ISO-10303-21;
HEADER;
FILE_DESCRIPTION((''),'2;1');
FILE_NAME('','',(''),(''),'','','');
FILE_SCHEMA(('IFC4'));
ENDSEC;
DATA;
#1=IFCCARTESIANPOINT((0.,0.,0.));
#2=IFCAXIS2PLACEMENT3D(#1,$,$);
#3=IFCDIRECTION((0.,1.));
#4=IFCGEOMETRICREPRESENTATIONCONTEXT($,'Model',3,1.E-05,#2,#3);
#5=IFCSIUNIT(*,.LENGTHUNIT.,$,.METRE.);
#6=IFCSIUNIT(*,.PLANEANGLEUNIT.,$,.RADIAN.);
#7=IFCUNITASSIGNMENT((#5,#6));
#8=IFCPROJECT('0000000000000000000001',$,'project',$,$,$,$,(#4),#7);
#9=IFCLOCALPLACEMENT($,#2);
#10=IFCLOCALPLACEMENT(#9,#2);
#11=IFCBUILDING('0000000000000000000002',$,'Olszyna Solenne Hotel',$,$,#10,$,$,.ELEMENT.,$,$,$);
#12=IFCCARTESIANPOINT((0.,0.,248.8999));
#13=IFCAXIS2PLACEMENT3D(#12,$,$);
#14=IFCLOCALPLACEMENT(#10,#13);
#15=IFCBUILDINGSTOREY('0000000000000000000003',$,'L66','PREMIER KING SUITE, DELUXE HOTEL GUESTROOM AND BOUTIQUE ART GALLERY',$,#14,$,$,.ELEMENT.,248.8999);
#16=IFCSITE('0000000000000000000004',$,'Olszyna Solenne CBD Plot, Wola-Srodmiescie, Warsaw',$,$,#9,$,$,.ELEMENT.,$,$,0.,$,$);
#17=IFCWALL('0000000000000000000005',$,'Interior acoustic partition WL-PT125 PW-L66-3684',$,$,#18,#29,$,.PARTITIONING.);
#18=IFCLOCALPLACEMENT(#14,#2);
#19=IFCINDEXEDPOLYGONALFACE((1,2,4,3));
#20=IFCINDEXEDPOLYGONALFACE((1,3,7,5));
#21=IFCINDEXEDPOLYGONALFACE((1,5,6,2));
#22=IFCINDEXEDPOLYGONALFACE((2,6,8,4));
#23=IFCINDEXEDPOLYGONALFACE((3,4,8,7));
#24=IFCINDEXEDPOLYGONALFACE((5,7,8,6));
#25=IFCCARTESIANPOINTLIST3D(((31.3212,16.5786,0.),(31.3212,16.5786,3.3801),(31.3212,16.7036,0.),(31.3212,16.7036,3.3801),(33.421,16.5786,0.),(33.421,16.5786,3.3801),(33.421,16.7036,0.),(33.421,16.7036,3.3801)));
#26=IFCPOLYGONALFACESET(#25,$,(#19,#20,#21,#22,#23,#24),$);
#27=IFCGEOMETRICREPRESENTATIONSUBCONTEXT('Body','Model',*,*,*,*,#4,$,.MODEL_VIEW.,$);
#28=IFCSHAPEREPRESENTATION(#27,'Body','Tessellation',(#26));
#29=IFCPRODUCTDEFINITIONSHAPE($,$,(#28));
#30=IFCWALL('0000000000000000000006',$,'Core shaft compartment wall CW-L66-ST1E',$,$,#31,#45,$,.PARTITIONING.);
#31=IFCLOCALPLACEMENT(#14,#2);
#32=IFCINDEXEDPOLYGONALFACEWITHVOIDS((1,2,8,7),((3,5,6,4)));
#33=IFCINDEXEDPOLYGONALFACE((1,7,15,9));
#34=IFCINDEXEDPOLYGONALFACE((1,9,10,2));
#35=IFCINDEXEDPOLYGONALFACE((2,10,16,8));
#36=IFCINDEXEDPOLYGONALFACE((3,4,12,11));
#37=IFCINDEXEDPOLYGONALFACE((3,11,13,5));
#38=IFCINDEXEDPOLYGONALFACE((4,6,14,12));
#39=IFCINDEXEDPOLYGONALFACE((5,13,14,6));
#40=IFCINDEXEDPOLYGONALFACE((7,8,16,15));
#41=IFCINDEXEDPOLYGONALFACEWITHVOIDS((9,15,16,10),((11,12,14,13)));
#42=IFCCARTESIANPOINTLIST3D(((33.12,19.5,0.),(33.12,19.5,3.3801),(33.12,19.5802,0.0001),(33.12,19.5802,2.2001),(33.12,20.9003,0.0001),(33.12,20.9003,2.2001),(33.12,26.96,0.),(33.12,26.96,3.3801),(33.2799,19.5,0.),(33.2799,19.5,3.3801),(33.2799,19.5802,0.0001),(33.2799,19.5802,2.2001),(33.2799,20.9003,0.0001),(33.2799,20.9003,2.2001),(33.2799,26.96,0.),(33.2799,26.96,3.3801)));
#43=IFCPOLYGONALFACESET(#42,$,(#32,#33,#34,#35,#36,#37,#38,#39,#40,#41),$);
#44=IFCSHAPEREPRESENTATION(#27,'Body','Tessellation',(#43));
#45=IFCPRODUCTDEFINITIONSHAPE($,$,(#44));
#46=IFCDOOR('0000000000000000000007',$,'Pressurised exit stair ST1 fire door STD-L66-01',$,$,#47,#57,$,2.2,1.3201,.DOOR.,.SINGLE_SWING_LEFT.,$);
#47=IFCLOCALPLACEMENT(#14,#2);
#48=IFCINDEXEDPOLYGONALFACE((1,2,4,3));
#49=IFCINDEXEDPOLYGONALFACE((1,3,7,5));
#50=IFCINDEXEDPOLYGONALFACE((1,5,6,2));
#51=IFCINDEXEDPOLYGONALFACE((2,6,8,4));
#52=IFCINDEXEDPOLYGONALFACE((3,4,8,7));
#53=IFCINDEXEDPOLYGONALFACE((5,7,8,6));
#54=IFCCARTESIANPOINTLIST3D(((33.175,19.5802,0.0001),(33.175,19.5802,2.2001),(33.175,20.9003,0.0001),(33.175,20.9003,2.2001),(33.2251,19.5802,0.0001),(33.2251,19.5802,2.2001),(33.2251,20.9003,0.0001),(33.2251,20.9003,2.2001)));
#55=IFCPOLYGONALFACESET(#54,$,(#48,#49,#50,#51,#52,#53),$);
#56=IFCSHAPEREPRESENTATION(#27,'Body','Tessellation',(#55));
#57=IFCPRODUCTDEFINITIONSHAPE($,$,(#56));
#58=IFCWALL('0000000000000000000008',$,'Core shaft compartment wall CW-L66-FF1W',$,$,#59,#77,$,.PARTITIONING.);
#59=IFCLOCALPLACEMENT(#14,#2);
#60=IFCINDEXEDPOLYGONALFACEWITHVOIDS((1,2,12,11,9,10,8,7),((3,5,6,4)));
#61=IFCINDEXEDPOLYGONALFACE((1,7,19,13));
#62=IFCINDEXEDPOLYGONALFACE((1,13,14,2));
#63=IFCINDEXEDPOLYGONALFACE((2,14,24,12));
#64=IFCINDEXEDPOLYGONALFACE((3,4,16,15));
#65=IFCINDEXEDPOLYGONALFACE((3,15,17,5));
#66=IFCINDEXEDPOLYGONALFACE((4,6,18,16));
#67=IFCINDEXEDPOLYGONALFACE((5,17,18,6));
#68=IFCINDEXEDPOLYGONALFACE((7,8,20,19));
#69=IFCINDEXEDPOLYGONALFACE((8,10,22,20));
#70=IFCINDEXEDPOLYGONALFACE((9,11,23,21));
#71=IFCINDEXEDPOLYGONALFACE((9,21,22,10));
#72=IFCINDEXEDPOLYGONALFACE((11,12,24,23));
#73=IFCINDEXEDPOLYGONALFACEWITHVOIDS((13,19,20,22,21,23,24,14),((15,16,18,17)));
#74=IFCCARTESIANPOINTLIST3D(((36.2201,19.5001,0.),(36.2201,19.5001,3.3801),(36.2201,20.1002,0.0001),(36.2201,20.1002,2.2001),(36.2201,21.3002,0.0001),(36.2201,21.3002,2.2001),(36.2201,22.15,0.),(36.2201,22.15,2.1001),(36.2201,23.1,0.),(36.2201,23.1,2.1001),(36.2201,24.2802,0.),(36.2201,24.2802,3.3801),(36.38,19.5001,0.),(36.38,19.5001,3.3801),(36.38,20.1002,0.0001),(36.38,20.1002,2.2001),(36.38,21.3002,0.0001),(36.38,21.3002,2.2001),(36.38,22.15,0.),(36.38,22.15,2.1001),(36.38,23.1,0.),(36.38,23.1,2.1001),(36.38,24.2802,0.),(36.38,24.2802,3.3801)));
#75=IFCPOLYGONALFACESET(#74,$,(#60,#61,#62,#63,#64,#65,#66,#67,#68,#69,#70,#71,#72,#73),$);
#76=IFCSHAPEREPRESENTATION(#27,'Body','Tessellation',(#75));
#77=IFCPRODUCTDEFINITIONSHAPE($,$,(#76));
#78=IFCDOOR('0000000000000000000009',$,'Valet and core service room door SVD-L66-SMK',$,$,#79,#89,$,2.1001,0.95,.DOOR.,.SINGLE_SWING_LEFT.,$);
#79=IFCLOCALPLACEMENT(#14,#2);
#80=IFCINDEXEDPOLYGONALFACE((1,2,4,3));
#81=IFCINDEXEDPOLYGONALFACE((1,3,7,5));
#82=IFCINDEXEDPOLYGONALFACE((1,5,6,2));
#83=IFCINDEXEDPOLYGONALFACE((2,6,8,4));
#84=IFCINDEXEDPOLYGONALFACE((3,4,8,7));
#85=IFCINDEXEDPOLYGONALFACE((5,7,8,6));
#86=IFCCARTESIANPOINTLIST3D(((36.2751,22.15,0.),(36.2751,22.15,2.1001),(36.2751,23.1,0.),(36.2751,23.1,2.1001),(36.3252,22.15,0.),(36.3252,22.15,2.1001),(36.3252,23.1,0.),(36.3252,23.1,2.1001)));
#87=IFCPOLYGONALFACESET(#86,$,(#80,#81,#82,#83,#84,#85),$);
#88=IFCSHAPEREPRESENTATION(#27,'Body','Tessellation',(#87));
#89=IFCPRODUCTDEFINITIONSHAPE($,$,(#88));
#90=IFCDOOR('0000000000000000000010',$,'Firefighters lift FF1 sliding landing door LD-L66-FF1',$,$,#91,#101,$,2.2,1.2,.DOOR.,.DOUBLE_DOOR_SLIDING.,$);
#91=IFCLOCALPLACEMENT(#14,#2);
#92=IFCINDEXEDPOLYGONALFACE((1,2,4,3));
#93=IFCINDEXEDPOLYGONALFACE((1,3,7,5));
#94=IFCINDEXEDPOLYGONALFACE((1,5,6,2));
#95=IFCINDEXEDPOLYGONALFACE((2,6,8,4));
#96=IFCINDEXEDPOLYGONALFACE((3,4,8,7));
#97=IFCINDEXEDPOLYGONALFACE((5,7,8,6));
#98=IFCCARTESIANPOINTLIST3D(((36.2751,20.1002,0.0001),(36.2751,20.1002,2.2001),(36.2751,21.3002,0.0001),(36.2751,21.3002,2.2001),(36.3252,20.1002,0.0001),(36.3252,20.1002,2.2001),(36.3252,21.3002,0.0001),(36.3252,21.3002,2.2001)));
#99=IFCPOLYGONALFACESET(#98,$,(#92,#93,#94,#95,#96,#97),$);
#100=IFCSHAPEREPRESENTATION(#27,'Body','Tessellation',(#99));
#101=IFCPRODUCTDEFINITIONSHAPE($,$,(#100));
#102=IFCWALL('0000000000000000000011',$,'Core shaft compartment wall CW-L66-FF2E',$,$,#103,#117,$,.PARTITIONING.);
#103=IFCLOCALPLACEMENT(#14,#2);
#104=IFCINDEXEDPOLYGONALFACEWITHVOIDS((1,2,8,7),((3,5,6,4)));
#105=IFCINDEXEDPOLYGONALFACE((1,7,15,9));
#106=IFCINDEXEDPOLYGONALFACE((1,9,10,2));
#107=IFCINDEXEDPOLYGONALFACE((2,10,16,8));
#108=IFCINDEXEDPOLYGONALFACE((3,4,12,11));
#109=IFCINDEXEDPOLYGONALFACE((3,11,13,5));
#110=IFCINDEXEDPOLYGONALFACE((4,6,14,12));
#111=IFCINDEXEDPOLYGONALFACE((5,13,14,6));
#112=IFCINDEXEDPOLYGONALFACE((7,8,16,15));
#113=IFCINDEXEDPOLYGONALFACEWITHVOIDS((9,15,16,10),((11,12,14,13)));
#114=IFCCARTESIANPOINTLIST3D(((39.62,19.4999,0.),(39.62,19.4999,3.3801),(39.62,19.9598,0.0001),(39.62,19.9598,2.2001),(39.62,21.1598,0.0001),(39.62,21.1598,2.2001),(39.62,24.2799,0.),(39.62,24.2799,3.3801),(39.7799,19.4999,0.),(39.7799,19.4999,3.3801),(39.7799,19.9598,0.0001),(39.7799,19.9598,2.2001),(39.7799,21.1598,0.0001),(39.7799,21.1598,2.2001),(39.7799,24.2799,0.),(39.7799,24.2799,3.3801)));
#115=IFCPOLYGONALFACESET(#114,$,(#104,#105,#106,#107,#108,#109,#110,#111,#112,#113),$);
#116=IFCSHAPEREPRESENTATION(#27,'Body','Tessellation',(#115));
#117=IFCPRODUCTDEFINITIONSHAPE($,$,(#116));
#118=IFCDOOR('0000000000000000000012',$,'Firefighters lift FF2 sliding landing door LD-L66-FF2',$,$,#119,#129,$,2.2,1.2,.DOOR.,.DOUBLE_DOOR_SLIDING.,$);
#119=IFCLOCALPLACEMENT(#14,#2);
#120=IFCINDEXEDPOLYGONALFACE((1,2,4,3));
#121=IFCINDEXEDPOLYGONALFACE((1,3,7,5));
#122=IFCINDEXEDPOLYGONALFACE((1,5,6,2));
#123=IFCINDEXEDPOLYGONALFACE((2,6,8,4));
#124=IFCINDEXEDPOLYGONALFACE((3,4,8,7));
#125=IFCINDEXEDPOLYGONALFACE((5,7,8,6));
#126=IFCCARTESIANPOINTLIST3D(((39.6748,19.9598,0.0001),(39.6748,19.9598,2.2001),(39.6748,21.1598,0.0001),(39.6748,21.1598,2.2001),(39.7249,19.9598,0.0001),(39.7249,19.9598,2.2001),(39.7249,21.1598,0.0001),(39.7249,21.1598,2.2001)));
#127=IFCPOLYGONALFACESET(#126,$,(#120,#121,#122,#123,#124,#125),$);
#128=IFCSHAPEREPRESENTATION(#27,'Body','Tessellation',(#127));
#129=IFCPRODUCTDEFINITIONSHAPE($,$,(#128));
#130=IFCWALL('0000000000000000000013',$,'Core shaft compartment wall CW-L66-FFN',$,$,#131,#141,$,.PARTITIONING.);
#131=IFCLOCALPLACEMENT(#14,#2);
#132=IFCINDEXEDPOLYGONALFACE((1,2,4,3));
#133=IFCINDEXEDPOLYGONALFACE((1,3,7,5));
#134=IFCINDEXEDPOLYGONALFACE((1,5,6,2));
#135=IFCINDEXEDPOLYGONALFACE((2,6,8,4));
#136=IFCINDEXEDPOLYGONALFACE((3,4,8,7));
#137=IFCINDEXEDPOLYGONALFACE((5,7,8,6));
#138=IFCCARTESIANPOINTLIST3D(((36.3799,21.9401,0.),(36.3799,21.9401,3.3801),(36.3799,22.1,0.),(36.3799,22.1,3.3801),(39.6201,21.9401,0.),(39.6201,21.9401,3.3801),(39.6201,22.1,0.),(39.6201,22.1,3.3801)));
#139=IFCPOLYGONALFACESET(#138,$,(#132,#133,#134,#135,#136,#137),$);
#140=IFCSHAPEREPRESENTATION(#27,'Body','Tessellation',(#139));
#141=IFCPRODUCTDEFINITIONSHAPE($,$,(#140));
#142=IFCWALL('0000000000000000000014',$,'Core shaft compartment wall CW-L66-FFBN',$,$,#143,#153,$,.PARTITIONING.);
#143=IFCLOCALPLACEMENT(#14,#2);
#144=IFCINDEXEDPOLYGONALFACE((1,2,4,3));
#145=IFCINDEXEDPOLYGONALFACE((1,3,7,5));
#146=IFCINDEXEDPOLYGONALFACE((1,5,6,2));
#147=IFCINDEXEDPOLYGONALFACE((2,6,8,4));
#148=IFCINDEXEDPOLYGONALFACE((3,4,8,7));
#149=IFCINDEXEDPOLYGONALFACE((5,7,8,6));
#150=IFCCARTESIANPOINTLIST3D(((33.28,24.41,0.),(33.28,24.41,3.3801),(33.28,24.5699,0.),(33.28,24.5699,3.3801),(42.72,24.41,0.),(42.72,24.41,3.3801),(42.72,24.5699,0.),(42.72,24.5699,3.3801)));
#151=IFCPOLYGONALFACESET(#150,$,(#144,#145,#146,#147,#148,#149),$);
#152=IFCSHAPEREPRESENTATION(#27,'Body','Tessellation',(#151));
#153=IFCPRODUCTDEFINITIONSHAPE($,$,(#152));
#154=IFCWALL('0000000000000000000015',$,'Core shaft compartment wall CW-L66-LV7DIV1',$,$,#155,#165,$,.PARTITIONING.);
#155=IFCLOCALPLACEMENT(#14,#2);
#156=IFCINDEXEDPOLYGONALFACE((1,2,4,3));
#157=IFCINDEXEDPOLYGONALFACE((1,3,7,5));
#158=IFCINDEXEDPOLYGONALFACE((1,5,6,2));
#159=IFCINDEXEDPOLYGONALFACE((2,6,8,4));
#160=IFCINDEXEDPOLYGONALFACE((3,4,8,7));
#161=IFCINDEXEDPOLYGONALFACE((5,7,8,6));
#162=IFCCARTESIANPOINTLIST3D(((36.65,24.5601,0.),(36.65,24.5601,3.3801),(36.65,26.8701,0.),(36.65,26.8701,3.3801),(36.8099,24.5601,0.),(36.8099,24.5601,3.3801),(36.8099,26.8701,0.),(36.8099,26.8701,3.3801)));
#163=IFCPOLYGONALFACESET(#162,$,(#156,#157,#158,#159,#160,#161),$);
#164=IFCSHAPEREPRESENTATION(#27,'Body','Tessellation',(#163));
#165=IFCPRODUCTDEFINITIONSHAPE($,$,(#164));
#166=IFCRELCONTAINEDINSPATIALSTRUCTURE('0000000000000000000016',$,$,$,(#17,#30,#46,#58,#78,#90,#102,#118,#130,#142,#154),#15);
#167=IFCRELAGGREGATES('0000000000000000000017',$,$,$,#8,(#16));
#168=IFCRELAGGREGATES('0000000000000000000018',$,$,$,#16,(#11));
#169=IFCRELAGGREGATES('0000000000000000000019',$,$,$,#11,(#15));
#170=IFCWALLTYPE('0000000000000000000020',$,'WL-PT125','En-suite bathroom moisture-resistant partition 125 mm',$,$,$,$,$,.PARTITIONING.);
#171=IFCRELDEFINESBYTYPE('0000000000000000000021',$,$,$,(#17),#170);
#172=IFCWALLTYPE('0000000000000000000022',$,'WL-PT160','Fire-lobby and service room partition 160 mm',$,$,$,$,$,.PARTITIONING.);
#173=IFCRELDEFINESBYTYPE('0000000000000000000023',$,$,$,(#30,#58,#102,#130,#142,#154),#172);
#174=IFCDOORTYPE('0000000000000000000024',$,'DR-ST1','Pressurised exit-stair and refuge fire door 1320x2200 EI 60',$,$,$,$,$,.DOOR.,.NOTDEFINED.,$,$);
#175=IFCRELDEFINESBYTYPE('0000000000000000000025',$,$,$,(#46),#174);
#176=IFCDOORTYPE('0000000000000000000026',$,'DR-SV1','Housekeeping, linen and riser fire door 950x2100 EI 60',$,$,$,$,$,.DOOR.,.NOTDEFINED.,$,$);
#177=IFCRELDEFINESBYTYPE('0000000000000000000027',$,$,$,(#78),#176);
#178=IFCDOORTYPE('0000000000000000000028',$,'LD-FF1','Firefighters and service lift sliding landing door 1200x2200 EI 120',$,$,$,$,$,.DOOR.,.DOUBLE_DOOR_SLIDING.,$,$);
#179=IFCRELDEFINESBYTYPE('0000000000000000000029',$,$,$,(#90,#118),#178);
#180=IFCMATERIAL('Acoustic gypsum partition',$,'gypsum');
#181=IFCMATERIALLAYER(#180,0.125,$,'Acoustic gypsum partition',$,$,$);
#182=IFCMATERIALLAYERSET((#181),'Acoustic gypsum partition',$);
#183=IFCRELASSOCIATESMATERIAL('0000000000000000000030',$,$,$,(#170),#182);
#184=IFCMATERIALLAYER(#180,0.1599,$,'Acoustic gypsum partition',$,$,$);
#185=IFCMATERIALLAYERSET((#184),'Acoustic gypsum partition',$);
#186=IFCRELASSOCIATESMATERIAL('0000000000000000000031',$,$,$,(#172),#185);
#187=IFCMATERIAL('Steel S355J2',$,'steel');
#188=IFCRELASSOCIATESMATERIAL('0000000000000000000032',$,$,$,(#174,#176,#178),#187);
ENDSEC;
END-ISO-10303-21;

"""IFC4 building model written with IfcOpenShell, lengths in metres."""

from ifc_helpers import new_model, si_unit, direction, frame, frame_2d, origin, place, context, subcontext, project, spatial, rectangle, extrude, source, transform, mapped, material, layer, layer_set, type_object, type_shapes, element, fill, save


model = new_model("IFC4")

# Units and contexts
model_context = context("Model", 3, precision=1e-05, world=origin(), true_north=direction((0.0, 1.0)))
body_context = subcontext(model_context, "Body", "Model", "MODEL_VIEW")
ifc_project = project(units=[si_unit("LENGTHUNIT", "METRE"), si_unit("PLANEANGLEUNIT", "RADIAN")], contexts=[model_context])

# Site, building, storey
site_placement = place(None, origin())
site = spatial("IfcSite", under=ifc_project, at=site_placement, Name="Olszyna Solenne CBD Plot, Wola-Srodmiescie, Warsaw", CompositionType="ELEMENT", RefElevation=0.0)
building_placement = place(site_placement, origin())
building = spatial("IfcBuilding", under=site, at=building_placement, Name="Olszyna Solenne Hotel", CompositionType="ELEMENT")
storey_placement = place(building_placement, frame((0.0, 0.0, 248.8999)))
storey = spatial("IfcBuildingStorey", under=building, at=storey_placement, Name="L66", Description="PREMIER KING SUITE, DELUXE HOTEL GUESTROOM AND BOUTIQUE ART GALLERY", CompositionType="ELEMENT", Elevation=248.8999)

# Shared definitions
ifc_material_1 = material(Name="Steel S355J2", Category="steel")

# Shared definitions
ifc_material_2 = material(Name="Acoustic gypsum partition", Category="gypsum")
ifc_layer_1 = layer(ifc_material_2, 0.125, Name="Acoustic gypsum partition")
ifc_layer_set_1 = layer_set([ifc_layer_1], Name="Acoustic gypsum partition")
wall_type_1 = type_object("IfcWallType", Name="WL-PT125", Description="En-suite bathroom moisture-resistant partition 125 mm", PredefinedType="PARTITIONING", material=ifc_layer_set_1)

# Wall
wall_1_placement = place(storey_placement, frame((33.4209, 16.6411, 0.0), z_axis=(0.0, 0.0, 1.0), x_axis=(-1.0, 0.0, 0.0)))
element("IfcWall", 1, at=wall_1_placement, inside=storey, type_object=wall_type_1, Name="Interior acoustic partition WL-PT125 PW-L66-3684", PredefinedType="PARTITIONING", context=body_context, shape_type="SweptSolid", body=[
    extrude(rectangle(XDim=2.0999, YDim=0.125, at=frame_2d((1.0498, 0.0))), origin(), (0.0, 0.0, 1.0), 3.3801),
])

# Wall, opening, door
ifc_layer_2 = layer(ifc_material_2, 0.1599, Name="Acoustic gypsum partition")
ifc_layer_set_2 = layer_set([ifc_layer_2], Name="Acoustic gypsum partition")
wall_type_2 = type_object("IfcWallType", Name="WL-PT160", Description="Fire-lobby and service room partition 160 mm", PredefinedType="PARTITIONING", material=ifc_layer_set_2)
wall_2_placement = place(storey_placement, frame((33.2, 19.5, 0.0), z_axis=(0.0, 0.0, 1.0), x_axis=(0.0, 1.0, 0.0)))
wall_2 = element("IfcWall", 2, at=wall_2_placement, inside=storey, type_object=wall_type_2, Name="Core shaft compartment wall CW-L66-ST1E", PredefinedType="PARTITIONING", context=body_context, shape_type="SweptSolid", body=[
    extrude(rectangle(XDim=7.46, YDim=0.1599, at=frame_2d((3.73, 0.0))), origin(), (0.0, 0.0, 1.0), 3.3801),
])
opening_1_placement = place(wall_2_placement, frame((0.0801, 0.0, 0.0)))
opening_1 = element("IfcOpeningElement", 3, at=opening_1_placement, cuts=wall_2, PredefinedType="OPENING", context=body_context, shape_type="SweptSolid", body=[
    extrude(rectangle(XDim=1.3201, YDim=2.2, at=frame_2d((0.6602, 1.1001))), frame((0.0, 0.0898, 0.0), z_axis=(0.0, -1.0, 0.0), x_axis=(1.0, 0.0, 0.0)), (0.0, 0.0, 1.0), 0.1799),
])
door_type_1 = type_object("IfcDoorType", Name="DR-ST1", Description="Pressurised exit-stair and refuge fire door 1320x2200 EI 60", OperationType="NOTDEFINED", PredefinedType="DOOR", material=ifc_material_1)
shared_shape_1 = source(origin(), body_context, "Body", "SweptSolid", [
    extrude(rectangle(XDim=1.3201, YDim=2.2, at=frame_2d((0.6602, 1.1001))), frame((0.0, 0.0249, 0.0), z_axis=(0.0, -1.0, 0.0), x_axis=(1.0, 0.0, 0.0)), (0.0, 0.0, 1.0), 0.05),
])
type_shapes(door_type_1, [shared_shape_1])
door_1_placement = place(opening_1_placement, origin())
door_1 = element("IfcDoor", 4, at=door_1_placement, inside=storey, type_object=door_type_1, Name="Pressurised exit stair ST1 fire door STD-L66-01", OperationType="SINGLE_SWING_LEFT", OverallHeight=2.2, OverallWidth=1.3201, PredefinedType="DOOR", context=body_context, shape_type="MappedRepresentation", body=[
    mapped(shared_shape_1, transform((0.0, 0.0, 0.0), x_axis=(1.0, 0.0, 0.0), y_axis=(0.0, 1.0, 0.0), z_axis=(0.0, 0.0, 1.0), scale=1.0)),
])
fill(opening_1, door_1)

# Wall, openings, doors
wall_3_placement = place(storey_placement, frame((36.3, 19.5, 0.0), z_axis=(0.0, 0.0, 1.0), x_axis=(0.0, 1.0, 0.0)))
wall_3 = element("IfcWall", 5, at=wall_3_placement, inside=storey, type_object=wall_type_2, Name="Core shaft compartment wall CW-L66-FF1W", PredefinedType="PARTITIONING", context=body_context, shape_type="SweptSolid", body=[
    extrude(rectangle(XDim=4.78, YDim=0.1599, at=frame_2d((2.3901, 0.0))), origin(), (0.0, 0.0, 1.0), 3.3801),
])
opening_2_placement = place(wall_3_placement, frame((0.6001, 0.0, 0.0)))
opening_2 = element("IfcOpeningElement", 6, at=opening_2_placement, cuts=wall_3, PredefinedType="OPENING", context=body_context, shape_type="SweptSolid", body=[
    extrude(rectangle(XDim=1.2, YDim=2.2, at=frame_2d((0.6001, 1.1001))), frame((0.0, 0.0898, 0.0), z_axis=(0.0, -1.0, 0.0), x_axis=(1.0, 0.0, 0.0)), (0.0, 0.0, 1.0), 0.1799),
])
opening_3_placement = place(wall_3_placement, frame((2.6499, 0.0, 0.0)))
opening_3 = element("IfcOpeningElement", 7, at=opening_3_placement, cuts=wall_3, PredefinedType="OPENING", context=body_context, shape_type="SweptSolid", body=[
    extrude(rectangle(XDim=0.95, YDim=2.1001, at=frame_2d((0.4751, 1.05))), frame((0.0, 0.0898, 0.0), z_axis=(0.0, -1.0, 0.0), x_axis=(1.0, 0.0, 0.0)), (0.0, 0.0, 1.0), 0.1799),
])
door_type_2 = type_object("IfcDoorType", Name="DR-SV1", Description="Housekeeping, linen and riser fire door 950x2100 EI 60", OperationType="NOTDEFINED", PredefinedType="DOOR", material=ifc_material_1)
shared_shape_2 = source(origin(), body_context, "Body", "SweptSolid", [
    extrude(rectangle(XDim=0.95, YDim=2.1001, at=frame_2d((0.4751, 1.05))), frame((0.0, 0.0249, 0.0), z_axis=(0.0, -1.0, 0.0), x_axis=(1.0, 0.0, 0.0)), (0.0, 0.0, 1.0), 0.05),
])
type_shapes(door_type_2, [shared_shape_2])
door_2_placement = place(opening_3_placement, origin())
door_2 = element("IfcDoor", 8, at=door_2_placement, inside=storey, type_object=door_type_2, Name="Valet and core service room door SVD-L66-SMK", OperationType="SINGLE_SWING_LEFT", OverallHeight=2.1001, OverallWidth=0.95, PredefinedType="DOOR", context=body_context, shape_type="MappedRepresentation", body=[
    mapped(shared_shape_2, transform((0.0, 0.0, 0.0), x_axis=(1.0, 0.0, 0.0), y_axis=(0.0, 1.0, 0.0), z_axis=(0.0, 0.0, 1.0), scale=1.0)),
])
fill(opening_3, door_2)
door_type_3 = type_object("IfcDoorType", Name="LD-FF1", Description="Firefighters and service lift sliding landing door 1200x2200 EI 120", OperationType="DOUBLE_DOOR_SLIDING", PredefinedType="DOOR", material=ifc_material_1)
shared_shape_3 = source(origin(), body_context, "Body", "SweptSolid", [
    extrude(rectangle(XDim=1.2, YDim=2.2, at=frame_2d((0.6001, 1.1001))), frame((0.0, 0.0249, 0.0), z_axis=(0.0, -1.0, 0.0), x_axis=(1.0, 0.0, 0.0)), (0.0, 0.0, 1.0), 0.05),
])
type_shapes(door_type_3, [shared_shape_3])
door_3_placement = place(opening_2_placement, origin())
door_3 = element("IfcDoor", 9, at=door_3_placement, inside=storey, type_object=door_type_3, Name="Firefighters lift FF1 sliding landing door LD-L66-FF1", OperationType="DOUBLE_DOOR_SLIDING", OverallHeight=2.2, OverallWidth=1.2, PredefinedType="DOOR", context=body_context, shape_type="MappedRepresentation", body=[
    mapped(shared_shape_3, transform((0.0, 0.0, 0.0), x_axis=(1.0, 0.0, 0.0), y_axis=(0.0, 1.0, 0.0), z_axis=(0.0, 0.0, 1.0), scale=1.0)),
])
fill(opening_2, door_3)

# Wall, opening, door
wall_4_placement = place(storey_placement, frame((39.7, 24.28, 0.0), z_axis=(0.0, 0.0, 1.0), x_axis=(0.0, -1.0, 0.0)))
wall_4 = element("IfcWall", 10, at=wall_4_placement, inside=storey, type_object=wall_type_2, Name="Core shaft compartment wall CW-L66-FF2E", PredefinedType="PARTITIONING", context=body_context, shape_type="SweptSolid", body=[
    extrude(rectangle(XDim=4.78, YDim=0.1599, at=frame_2d((2.3901, 0.0))), origin(), (0.0, 0.0, 1.0), 3.3801),
])
opening_4_placement = place(wall_4_placement, frame((3.1201, 0.0, 0.0)))
opening_4 = element("IfcOpeningElement", 11, at=opening_4_placement, cuts=wall_4, PredefinedType="OPENING", context=body_context, shape_type="SweptSolid", body=[
    extrude(rectangle(XDim=1.2, YDim=2.2, at=frame_2d((0.6001, 1.1001))), frame((0.0, 0.0898, 0.0), z_axis=(0.0, -1.0, 0.0), x_axis=(1.0, 0.0, 0.0)), (0.0, 0.0, 1.0), 0.1799),
])
door_4_placement = place(opening_4_placement, origin())
door_4 = element("IfcDoor", 12, at=door_4_placement, inside=storey, type_object=door_type_3, Name="Firefighters lift FF2 sliding landing door LD-L66-FF2", OperationType="DOUBLE_DOOR_SLIDING", OverallHeight=2.2, OverallWidth=1.2, PredefinedType="DOOR", context=body_context, shape_type="MappedRepresentation", body=[
    mapped(shared_shape_3, transform((0.0, 0.0, 0.0), x_axis=(1.0, 0.0, 0.0), y_axis=(0.0, 1.0, 0.0), z_axis=(0.0, 0.0, 1.0), scale=1.0)),
])
fill(opening_4, door_4)

# Walls
wall_5_placement = place(storey_placement, frame((36.3799, 22.02, 0.0), z_axis=(0.0, 0.0, 1.0), x_axis=(1.0, 0.0, 0.0)))
element("IfcWall", 13, at=wall_5_placement, inside=storey, type_object=wall_type_2, Name="Core shaft compartment wall CW-L66-FFN", PredefinedType="PARTITIONING", context=body_context, shape_type="SweptSolid", body=[
    extrude(rectangle(XDim=3.2402, YDim=0.1599, at=frame_2d((1.6201, 0.0))), origin(), (0.0, 0.0, 1.0), 3.3801),
])
wall_6_placement = place(storey_placement, frame((33.28, 24.49, 0.0), z_axis=(0.0, 0.0, 1.0), x_axis=(1.0, 0.0, 0.0)))
element("IfcWall", 14, at=wall_6_placement, inside=storey, type_object=wall_type_2, Name="Core shaft compartment wall CW-L66-FFBN", PredefinedType="PARTITIONING", context=body_context, shape_type="SweptSolid", body=[
    extrude(rectangle(XDim=9.4399, YDim=0.1599, at=frame_2d((4.72, 0.0))), origin(), (0.0, 0.0, 1.0), 3.3801),
])
for number, where, z_axis, x_axis, name in (
    (15, (36.73, 24.5601, 0.0), (0.0, 0.0, 1.0), (0.0, 1.0, 0.0), "Core shaft compartment wall CW-L66-LV7DIV1"),
):
    element("IfcWall", number, at=place(storey_placement, frame(where, z_axis=z_axis, x_axis=x_axis)), inside=storey, type_object=wall_type_2, Name=name, PredefinedType="PARTITIONING", context=body_context, shape_type="SweptSolid", body=[
        extrude(rectangle(XDim=2.3101, YDim=0.1599, at=frame_2d((1.155, 0.0))), origin(), (0.0, 0.0, 1.0), 3.3801),
    ])

save(model, "model.ifc")
